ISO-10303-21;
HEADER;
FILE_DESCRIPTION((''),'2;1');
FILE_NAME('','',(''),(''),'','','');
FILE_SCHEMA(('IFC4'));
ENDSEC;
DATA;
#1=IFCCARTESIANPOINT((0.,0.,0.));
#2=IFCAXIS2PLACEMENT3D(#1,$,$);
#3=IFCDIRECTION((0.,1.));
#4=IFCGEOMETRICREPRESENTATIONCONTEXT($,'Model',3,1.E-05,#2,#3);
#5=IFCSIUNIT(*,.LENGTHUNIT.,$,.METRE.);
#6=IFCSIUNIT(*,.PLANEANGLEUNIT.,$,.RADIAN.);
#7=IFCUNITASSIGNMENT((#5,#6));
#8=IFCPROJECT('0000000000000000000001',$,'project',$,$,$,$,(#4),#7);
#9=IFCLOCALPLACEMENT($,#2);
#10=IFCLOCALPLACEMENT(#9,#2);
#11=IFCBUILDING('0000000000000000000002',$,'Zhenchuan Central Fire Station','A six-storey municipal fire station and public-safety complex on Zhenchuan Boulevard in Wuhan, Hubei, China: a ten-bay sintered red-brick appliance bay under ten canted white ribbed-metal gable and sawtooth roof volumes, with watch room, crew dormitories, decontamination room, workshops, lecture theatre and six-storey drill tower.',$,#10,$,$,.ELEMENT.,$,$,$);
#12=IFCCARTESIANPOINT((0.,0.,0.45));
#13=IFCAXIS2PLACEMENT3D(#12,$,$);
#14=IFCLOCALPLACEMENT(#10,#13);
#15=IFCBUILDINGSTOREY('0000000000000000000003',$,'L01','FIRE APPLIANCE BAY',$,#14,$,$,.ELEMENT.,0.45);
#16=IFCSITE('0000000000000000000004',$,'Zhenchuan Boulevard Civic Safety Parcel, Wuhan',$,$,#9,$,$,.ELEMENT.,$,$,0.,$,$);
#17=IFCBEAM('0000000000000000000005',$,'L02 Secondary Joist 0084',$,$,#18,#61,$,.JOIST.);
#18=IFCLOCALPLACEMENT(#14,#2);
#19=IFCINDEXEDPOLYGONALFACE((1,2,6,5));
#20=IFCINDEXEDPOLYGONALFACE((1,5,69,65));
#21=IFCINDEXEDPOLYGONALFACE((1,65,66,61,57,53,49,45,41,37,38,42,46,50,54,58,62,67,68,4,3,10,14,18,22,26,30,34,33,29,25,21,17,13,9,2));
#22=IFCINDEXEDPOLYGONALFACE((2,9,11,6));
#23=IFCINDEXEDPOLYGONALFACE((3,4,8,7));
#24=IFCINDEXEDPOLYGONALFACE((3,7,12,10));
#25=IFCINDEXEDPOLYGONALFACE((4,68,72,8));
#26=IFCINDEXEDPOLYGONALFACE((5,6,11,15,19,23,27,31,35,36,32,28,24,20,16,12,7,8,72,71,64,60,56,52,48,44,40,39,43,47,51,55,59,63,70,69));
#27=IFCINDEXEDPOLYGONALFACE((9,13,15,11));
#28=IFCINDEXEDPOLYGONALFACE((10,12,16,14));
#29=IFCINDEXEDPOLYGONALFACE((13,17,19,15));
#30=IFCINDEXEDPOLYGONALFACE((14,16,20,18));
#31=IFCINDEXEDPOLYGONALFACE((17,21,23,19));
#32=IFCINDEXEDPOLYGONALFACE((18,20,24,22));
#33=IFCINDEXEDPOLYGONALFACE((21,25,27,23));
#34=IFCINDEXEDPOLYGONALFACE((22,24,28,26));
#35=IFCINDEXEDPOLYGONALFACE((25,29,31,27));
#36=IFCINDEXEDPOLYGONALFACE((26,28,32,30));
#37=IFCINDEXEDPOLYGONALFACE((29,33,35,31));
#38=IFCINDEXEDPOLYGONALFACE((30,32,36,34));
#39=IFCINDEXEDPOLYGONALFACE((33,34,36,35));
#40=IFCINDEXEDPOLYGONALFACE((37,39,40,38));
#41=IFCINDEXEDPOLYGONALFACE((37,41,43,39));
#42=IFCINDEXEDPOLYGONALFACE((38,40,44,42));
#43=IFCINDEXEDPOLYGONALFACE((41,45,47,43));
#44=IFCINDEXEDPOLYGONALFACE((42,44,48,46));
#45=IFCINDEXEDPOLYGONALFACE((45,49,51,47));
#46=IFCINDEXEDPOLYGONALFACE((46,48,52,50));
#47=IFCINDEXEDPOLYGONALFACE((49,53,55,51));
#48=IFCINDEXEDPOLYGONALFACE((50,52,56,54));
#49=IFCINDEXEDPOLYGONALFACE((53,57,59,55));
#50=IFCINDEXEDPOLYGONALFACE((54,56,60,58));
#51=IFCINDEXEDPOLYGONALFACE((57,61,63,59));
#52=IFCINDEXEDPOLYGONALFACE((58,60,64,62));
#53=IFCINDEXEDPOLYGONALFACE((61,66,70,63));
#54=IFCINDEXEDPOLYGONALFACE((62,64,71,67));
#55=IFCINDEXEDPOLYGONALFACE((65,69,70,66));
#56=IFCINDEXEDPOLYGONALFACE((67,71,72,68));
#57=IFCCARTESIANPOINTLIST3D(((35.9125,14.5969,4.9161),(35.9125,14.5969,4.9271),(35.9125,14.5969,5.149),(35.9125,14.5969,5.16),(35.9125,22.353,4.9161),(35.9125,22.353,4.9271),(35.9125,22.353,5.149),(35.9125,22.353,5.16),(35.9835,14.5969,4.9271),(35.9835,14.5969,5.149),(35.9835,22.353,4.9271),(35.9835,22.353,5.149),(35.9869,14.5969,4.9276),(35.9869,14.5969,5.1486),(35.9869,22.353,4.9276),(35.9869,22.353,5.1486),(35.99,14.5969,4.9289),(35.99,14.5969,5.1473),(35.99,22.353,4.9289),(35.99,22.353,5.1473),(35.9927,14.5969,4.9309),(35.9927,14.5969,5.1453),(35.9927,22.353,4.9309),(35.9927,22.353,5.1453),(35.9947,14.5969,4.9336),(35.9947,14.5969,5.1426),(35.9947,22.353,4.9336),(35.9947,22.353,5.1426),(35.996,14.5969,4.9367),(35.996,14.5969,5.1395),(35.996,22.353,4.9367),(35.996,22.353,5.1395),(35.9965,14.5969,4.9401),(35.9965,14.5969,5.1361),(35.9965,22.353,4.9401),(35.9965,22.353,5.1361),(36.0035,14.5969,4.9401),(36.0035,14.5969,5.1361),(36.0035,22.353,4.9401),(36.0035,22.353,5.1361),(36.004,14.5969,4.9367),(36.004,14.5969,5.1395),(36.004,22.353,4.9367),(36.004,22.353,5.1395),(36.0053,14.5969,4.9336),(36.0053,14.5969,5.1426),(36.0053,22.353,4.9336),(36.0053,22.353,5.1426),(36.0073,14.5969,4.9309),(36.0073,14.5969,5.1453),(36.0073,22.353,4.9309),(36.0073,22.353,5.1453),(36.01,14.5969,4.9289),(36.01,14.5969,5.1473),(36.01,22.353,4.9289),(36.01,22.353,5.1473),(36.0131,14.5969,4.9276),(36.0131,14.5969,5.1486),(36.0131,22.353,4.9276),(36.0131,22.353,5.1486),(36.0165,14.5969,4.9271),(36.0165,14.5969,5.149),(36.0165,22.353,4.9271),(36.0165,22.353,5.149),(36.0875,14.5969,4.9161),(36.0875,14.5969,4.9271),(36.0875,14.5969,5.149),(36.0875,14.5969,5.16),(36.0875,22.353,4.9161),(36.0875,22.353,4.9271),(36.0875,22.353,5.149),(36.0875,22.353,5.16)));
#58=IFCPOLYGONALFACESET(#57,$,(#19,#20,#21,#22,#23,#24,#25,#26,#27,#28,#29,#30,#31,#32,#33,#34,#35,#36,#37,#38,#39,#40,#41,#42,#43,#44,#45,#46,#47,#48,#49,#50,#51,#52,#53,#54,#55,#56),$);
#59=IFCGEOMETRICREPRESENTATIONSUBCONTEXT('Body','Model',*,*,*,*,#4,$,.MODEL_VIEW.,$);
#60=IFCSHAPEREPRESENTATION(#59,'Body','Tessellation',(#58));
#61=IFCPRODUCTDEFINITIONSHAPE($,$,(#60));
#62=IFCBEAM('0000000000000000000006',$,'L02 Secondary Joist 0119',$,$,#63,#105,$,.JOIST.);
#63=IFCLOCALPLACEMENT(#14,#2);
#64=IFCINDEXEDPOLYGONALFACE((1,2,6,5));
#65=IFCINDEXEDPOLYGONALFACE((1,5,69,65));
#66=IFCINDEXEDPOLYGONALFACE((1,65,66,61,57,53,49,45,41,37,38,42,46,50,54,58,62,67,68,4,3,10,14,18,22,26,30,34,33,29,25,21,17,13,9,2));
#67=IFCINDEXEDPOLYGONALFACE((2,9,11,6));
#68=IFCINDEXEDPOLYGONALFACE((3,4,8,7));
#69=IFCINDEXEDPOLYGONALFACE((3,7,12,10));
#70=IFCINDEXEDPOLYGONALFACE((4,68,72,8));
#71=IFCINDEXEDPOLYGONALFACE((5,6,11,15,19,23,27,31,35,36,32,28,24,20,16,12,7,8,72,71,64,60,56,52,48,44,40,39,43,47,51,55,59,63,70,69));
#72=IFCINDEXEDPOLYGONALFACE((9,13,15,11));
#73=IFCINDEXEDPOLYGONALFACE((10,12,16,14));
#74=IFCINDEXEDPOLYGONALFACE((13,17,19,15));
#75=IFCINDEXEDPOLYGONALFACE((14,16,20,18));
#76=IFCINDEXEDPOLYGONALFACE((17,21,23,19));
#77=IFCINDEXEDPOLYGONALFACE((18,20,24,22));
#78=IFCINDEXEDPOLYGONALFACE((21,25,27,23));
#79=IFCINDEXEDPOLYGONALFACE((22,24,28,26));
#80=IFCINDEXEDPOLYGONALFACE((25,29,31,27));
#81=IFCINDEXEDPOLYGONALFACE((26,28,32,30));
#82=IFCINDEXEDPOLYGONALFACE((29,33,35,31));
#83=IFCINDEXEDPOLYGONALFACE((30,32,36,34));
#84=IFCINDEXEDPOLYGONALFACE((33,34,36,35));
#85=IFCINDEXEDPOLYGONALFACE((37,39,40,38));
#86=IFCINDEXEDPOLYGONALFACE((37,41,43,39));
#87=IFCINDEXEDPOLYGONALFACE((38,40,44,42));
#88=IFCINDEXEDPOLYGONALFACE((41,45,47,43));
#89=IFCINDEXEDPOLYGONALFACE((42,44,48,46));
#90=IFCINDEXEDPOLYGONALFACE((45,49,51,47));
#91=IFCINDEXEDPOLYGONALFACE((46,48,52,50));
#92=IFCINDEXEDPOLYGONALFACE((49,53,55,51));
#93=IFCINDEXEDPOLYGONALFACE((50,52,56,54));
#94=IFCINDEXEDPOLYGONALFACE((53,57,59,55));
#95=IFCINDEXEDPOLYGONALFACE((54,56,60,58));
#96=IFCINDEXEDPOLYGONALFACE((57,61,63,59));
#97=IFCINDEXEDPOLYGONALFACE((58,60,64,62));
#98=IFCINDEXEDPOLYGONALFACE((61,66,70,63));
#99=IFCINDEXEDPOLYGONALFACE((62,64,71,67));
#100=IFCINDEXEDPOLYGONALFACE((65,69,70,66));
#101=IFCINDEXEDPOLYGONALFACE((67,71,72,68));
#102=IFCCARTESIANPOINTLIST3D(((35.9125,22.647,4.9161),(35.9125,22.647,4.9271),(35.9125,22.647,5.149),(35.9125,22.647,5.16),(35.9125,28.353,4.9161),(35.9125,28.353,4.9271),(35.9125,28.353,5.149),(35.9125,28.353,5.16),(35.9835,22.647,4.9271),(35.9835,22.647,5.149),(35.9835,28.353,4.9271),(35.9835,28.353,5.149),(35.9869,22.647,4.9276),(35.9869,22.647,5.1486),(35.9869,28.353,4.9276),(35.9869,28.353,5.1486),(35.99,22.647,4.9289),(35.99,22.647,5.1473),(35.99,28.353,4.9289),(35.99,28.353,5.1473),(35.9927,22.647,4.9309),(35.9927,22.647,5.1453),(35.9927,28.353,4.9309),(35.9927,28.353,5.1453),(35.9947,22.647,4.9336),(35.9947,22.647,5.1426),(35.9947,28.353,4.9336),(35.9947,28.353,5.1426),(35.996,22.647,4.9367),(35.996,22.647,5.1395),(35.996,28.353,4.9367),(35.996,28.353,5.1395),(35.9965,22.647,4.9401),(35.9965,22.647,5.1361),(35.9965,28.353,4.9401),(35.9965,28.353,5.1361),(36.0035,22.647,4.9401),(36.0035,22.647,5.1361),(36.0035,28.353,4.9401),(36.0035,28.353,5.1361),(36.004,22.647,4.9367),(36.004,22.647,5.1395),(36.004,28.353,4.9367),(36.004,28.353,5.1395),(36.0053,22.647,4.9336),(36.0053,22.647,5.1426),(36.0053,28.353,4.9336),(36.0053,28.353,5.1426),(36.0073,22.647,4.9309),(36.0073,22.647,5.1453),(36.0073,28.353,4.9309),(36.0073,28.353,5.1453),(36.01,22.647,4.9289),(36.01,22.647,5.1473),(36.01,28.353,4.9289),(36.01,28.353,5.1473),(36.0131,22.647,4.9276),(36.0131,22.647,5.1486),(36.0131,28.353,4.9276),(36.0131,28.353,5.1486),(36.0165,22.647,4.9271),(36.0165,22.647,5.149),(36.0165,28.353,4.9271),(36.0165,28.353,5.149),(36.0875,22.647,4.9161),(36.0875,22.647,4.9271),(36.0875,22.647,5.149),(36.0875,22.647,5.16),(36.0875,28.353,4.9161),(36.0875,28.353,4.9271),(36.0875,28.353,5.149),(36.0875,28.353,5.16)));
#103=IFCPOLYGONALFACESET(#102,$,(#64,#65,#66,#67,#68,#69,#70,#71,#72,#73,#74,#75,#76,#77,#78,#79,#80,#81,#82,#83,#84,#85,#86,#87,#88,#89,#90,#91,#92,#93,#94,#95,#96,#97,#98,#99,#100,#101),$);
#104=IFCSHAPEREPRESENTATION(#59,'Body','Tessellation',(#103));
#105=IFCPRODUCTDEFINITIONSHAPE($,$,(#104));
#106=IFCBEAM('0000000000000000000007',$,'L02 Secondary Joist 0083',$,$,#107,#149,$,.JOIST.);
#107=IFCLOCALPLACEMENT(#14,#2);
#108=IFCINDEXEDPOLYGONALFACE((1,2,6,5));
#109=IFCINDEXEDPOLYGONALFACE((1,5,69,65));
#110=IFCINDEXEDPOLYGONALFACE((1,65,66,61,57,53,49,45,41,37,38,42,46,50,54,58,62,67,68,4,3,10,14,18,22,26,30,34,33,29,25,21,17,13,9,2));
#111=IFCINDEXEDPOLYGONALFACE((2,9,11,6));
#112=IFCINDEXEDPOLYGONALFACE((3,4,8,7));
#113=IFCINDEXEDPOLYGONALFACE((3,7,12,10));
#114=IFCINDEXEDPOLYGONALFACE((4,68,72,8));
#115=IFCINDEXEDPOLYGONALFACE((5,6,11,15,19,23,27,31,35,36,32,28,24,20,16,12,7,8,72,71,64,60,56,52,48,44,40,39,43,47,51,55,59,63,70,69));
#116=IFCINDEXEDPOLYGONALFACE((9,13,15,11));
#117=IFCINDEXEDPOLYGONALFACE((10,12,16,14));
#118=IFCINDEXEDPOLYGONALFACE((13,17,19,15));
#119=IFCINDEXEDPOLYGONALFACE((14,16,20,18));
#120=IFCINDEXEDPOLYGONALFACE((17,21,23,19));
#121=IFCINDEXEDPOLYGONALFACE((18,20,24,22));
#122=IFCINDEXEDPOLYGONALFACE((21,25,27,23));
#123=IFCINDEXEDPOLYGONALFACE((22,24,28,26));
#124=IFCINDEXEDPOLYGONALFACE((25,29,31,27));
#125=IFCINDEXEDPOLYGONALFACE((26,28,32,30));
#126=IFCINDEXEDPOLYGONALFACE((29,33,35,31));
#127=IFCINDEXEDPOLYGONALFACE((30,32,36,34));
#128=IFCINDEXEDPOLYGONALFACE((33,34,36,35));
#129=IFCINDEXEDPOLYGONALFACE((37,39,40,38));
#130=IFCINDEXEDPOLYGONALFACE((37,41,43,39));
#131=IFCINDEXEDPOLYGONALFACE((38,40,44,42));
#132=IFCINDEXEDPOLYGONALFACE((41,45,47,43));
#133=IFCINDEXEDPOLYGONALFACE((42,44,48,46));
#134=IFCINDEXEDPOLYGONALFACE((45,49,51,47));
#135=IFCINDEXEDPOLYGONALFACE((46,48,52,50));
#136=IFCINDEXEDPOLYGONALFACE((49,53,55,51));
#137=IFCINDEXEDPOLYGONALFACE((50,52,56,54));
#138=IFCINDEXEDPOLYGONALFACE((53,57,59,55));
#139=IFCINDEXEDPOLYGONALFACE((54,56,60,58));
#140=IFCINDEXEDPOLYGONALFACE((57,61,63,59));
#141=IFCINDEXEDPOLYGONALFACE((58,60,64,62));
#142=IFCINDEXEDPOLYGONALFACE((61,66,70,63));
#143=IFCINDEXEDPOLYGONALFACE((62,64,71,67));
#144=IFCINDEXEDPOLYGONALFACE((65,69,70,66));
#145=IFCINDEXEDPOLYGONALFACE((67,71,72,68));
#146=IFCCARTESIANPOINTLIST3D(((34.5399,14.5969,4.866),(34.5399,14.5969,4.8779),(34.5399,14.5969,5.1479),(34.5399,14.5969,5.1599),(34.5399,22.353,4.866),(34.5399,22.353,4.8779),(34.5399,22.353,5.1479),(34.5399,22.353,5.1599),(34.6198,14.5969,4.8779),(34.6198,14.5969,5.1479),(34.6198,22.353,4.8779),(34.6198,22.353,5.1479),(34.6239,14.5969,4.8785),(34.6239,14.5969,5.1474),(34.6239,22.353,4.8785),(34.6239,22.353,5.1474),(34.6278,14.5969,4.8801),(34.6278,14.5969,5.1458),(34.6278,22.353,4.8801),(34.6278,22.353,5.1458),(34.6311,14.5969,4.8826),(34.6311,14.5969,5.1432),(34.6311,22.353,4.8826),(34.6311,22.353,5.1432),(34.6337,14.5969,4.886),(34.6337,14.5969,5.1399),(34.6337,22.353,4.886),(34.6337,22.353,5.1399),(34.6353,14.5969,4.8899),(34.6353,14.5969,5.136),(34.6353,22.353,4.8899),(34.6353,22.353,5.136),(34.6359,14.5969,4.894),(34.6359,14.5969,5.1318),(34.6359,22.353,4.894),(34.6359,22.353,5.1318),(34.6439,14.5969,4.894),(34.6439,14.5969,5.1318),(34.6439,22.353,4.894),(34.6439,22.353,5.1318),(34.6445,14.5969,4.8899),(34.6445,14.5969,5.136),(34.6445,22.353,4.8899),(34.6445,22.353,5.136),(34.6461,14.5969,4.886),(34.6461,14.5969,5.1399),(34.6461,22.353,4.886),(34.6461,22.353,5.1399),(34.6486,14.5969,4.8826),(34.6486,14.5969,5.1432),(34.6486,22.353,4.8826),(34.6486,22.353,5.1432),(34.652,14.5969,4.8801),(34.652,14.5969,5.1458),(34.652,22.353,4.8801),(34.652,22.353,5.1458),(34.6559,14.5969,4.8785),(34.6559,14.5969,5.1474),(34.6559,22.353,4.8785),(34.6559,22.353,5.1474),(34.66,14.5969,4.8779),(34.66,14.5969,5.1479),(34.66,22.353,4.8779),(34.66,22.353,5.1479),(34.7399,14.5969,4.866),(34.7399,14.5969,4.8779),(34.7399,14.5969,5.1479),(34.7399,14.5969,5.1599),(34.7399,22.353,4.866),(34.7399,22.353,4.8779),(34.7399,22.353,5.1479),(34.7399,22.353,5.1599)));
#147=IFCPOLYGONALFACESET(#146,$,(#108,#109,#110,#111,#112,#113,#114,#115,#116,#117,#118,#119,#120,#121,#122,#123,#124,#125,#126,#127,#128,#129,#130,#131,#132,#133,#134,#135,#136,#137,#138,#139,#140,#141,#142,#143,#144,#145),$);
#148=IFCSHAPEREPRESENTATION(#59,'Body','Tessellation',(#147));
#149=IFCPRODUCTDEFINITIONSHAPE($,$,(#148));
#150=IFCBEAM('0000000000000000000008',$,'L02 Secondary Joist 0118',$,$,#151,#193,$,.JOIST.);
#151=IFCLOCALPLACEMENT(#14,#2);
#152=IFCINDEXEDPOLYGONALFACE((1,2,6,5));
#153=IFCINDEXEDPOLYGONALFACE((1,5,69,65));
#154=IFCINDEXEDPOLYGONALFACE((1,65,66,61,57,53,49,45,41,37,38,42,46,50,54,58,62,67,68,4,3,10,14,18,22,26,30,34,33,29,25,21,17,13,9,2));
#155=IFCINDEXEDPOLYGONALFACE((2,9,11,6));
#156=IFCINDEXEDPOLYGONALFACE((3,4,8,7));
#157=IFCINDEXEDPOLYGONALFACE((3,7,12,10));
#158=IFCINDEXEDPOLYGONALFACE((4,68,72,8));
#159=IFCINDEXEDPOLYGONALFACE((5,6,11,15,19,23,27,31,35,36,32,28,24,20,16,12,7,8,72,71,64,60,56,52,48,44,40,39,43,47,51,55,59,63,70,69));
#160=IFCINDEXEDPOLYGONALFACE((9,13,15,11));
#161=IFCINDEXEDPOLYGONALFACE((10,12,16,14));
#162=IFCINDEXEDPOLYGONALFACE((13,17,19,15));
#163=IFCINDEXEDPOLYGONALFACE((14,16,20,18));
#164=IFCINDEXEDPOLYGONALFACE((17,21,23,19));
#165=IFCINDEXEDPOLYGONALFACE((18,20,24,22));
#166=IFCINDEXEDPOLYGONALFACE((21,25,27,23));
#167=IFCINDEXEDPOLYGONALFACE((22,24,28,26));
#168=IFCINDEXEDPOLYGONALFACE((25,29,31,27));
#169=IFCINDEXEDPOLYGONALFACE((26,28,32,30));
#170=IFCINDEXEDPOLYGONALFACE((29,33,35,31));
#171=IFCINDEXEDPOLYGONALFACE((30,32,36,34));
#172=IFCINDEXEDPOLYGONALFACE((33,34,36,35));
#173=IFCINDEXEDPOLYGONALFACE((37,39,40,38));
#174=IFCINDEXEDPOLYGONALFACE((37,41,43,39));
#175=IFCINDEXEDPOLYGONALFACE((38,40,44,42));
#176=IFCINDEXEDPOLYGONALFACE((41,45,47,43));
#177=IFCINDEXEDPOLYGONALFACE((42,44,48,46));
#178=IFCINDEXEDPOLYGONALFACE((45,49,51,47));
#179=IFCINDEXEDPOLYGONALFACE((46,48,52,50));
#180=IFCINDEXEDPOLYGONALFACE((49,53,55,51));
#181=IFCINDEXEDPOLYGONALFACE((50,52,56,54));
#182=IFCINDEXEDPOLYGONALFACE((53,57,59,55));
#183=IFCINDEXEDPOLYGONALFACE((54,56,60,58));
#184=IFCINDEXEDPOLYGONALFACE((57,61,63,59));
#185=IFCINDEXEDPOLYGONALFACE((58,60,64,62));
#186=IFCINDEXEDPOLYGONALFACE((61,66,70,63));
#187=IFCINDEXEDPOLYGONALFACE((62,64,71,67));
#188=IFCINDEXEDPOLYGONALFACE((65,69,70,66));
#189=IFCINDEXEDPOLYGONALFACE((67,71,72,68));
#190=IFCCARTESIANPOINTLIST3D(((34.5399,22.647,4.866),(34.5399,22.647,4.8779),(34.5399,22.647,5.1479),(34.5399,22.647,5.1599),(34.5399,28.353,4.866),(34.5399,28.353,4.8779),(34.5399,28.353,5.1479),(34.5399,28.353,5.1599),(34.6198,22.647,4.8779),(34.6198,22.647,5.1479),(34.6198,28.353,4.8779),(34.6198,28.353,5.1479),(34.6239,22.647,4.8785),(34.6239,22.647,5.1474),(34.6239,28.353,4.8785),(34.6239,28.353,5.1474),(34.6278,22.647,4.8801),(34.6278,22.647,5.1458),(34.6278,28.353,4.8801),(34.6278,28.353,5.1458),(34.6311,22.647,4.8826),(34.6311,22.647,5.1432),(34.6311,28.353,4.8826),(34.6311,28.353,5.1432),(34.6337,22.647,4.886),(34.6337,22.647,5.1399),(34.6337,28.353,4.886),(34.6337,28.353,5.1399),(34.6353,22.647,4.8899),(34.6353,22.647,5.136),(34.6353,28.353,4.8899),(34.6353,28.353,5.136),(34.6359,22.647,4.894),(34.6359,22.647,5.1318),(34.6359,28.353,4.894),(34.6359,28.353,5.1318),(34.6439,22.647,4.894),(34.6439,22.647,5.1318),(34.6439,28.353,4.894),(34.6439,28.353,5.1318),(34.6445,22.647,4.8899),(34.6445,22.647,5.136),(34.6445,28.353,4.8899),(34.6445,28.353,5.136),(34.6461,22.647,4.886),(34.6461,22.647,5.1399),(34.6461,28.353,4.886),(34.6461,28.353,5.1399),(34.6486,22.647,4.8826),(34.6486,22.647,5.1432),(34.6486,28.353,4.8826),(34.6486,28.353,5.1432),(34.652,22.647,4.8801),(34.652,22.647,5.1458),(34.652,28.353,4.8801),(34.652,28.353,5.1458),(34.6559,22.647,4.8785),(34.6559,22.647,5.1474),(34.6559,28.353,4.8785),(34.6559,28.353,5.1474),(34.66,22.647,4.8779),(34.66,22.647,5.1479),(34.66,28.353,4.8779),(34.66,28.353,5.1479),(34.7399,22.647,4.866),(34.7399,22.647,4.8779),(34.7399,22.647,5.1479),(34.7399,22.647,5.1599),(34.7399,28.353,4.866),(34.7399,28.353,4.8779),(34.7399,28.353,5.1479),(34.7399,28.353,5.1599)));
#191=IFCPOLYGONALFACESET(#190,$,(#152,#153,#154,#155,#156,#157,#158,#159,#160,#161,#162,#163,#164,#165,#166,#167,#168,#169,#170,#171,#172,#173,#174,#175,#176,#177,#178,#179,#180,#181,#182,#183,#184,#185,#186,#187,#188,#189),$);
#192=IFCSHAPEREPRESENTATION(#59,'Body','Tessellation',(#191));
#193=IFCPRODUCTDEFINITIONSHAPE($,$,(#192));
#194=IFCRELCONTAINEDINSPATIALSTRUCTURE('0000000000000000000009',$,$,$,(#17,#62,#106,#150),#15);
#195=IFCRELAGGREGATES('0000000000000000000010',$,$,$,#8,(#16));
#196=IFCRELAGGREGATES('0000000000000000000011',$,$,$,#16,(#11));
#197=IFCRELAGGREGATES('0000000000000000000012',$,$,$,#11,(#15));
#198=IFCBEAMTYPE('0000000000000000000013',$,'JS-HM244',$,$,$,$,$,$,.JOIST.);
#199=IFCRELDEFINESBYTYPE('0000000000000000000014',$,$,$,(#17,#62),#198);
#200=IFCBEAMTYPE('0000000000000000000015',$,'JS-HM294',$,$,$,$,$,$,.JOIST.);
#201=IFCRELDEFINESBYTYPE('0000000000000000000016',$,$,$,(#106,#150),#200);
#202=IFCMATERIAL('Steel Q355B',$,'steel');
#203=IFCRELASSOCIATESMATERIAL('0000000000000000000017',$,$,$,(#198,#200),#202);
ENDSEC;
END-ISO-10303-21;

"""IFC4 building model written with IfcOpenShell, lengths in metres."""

from ifc_helpers import new_model, si_unit, direction, frame, origin, origin_2d, place, context, subcontext, project, spatial, i_section, extrude, material, material_profile, profile_set, type_object, element, save


model = new_model("IFC4")

# Units and contexts
model_context = context("Model", 3, precision=1e-05, world=origin(), true_north=direction((0.0, 1.0)))
body_context = subcontext(model_context, "Body", "Model", "MODEL_VIEW")
ifc_project = project(units=[si_unit("LENGTHUNIT", "METRE"), si_unit("PLANEANGLEUNIT", "RADIAN")], contexts=[model_context])

# Site, building, storey
site_placement = place(None, origin())
site = spatial("IfcSite", under=ifc_project, at=site_placement, Name="Zhenchuan Boulevard Civic Safety Parcel, Wuhan", CompositionType="ELEMENT", RefElevation=0.0)
building_placement = place(site_placement, origin())
building = spatial("IfcBuilding", under=site, at=building_placement, Name="Zhenchuan Central Fire Station", Description="A six-storey municipal fire station and public-safety complex on Zhenchuan Boulevard in Wuhan, Hubei, China: a ten-bay sintered red-brick appliance bay under ten canted white ribbed-metal gable and sawtooth roof volumes, with watch room, crew dormitories, decontamination room, workshops, lecture theatre and six-storey drill tower.", CompositionType="ELEMENT")
storey_placement = place(building_placement, frame((0.0, 0.0, 0.45)))
storey = spatial("IfcBuildingStorey", under=building, at=storey_placement, Name="L01", Description="FIRE APPLIANCE BAY", CompositionType="ELEMENT", Elevation=0.45)

# Beams
ifc_material_1 = material(Name="Steel Q355B", Category="steel")
ifc_material_profile_1 = material_profile(ifc_material_1, i_section(OverallWidth=0.175, OverallDepth=0.2439, WebThickness=0.0071, FlangeThickness=0.011, FilletRadius=0.0129, at=origin_2d()), Name="HM 244x175")
ifc_profile_set_1 = profile_set([ifc_material_profile_1], Name="Steel Q355B")
beam_type_1 = type_object("IfcBeamType", Name="JS-HM244", PredefinedType="JOIST", material=ifc_profile_set_1)
beam_1_placement = place(storey_placement, frame((36.0, 14.5969, 5.0381), z_axis=(0.0, 1.0, 0.0), x_axis=(-1.0, 0.0, 0.0)))
element("IfcBeam", 1, at=beam_1_placement, inside=storey, type_object=beam_type_1, Name="L02 Secondary Joist 0084", PredefinedType="JOIST", context=body_context, shape_type="SweptSolid", body=[
    extrude(i_section(OverallWidth=0.175, OverallDepth=0.2439, WebThickness=0.0071, FlangeThickness=0.011, FilletRadius=0.0129, at=origin_2d()), origin(), (0.0, 0.0, 1.0), 7.7561),
])
beam_2_placement = place(storey_placement, frame((36.0, 22.647, 5.0381), z_axis=(0.0, 1.0, 0.0), x_axis=(-1.0, 0.0, 0.0)))
element("IfcBeam", 2, at=beam_2_placement, inside=storey, type_object=beam_type_1, Name="L02 Secondary Joist 0119", PredefinedType="JOIST", context=body_context, shape_type="SweptSolid", body=[
    extrude(i_section(OverallWidth=0.175, OverallDepth=0.2439, WebThickness=0.0071, FlangeThickness=0.011, FilletRadius=0.0129, at=origin_2d()), origin(), (0.0, 0.0, 1.0), 5.7061),
])
ifc_material_profile_2 = material_profile(ifc_material_1, i_section(OverallWidth=0.2, OverallDepth=0.2939, WebThickness=0.0081, FlangeThickness=0.012, FilletRadius=0.0161, at=origin_2d()), Name="HM 294x200")
ifc_profile_set_2 = profile_set([ifc_material_profile_2], Name="Steel Q355B")
beam_type_2 = type_object("IfcBeamType", Name="JS-HM294", PredefinedType="JOIST", material=ifc_profile_set_2)
beam_3_placement = place(storey_placement, frame((34.6399, 14.5969, 5.0129), z_axis=(0.0, 1.0, 0.0), x_axis=(-1.0, 0.0, 0.0)))
element("IfcBeam", 3, at=beam_3_placement, inside=storey, type_object=beam_type_2, Name="L02 Secondary Joist 0083", PredefinedType="JOIST", context=body_context, shape_type="SweptSolid", body=[
    extrude(i_section(OverallWidth=0.2, OverallDepth=0.2939, WebThickness=0.0081, FlangeThickness=0.012, FilletRadius=0.0161, at=origin_2d()), origin(), (0.0, 0.0, 1.0), 7.7561),
])
beam_4_placement = place(storey_placement, frame((34.6399, 22.647, 5.0129), z_axis=(0.0, 1.0, 0.0), x_axis=(-1.0, 0.0, 0.0)))
element("IfcBeam", 4, at=beam_4_placement, inside=storey, type_object=beam_type_2, Name="L02 Secondary Joist 0118", PredefinedType="JOIST", context=body_context, shape_type="SweptSolid", body=[
    extrude(i_section(OverallWidth=0.2, OverallDepth=0.2939, WebThickness=0.0081, FlangeThickness=0.012, FilletRadius=0.0161, at=origin_2d()), origin(), (0.0, 0.0, 1.0), 5.7061),
])

save(model, "model.ifc")
